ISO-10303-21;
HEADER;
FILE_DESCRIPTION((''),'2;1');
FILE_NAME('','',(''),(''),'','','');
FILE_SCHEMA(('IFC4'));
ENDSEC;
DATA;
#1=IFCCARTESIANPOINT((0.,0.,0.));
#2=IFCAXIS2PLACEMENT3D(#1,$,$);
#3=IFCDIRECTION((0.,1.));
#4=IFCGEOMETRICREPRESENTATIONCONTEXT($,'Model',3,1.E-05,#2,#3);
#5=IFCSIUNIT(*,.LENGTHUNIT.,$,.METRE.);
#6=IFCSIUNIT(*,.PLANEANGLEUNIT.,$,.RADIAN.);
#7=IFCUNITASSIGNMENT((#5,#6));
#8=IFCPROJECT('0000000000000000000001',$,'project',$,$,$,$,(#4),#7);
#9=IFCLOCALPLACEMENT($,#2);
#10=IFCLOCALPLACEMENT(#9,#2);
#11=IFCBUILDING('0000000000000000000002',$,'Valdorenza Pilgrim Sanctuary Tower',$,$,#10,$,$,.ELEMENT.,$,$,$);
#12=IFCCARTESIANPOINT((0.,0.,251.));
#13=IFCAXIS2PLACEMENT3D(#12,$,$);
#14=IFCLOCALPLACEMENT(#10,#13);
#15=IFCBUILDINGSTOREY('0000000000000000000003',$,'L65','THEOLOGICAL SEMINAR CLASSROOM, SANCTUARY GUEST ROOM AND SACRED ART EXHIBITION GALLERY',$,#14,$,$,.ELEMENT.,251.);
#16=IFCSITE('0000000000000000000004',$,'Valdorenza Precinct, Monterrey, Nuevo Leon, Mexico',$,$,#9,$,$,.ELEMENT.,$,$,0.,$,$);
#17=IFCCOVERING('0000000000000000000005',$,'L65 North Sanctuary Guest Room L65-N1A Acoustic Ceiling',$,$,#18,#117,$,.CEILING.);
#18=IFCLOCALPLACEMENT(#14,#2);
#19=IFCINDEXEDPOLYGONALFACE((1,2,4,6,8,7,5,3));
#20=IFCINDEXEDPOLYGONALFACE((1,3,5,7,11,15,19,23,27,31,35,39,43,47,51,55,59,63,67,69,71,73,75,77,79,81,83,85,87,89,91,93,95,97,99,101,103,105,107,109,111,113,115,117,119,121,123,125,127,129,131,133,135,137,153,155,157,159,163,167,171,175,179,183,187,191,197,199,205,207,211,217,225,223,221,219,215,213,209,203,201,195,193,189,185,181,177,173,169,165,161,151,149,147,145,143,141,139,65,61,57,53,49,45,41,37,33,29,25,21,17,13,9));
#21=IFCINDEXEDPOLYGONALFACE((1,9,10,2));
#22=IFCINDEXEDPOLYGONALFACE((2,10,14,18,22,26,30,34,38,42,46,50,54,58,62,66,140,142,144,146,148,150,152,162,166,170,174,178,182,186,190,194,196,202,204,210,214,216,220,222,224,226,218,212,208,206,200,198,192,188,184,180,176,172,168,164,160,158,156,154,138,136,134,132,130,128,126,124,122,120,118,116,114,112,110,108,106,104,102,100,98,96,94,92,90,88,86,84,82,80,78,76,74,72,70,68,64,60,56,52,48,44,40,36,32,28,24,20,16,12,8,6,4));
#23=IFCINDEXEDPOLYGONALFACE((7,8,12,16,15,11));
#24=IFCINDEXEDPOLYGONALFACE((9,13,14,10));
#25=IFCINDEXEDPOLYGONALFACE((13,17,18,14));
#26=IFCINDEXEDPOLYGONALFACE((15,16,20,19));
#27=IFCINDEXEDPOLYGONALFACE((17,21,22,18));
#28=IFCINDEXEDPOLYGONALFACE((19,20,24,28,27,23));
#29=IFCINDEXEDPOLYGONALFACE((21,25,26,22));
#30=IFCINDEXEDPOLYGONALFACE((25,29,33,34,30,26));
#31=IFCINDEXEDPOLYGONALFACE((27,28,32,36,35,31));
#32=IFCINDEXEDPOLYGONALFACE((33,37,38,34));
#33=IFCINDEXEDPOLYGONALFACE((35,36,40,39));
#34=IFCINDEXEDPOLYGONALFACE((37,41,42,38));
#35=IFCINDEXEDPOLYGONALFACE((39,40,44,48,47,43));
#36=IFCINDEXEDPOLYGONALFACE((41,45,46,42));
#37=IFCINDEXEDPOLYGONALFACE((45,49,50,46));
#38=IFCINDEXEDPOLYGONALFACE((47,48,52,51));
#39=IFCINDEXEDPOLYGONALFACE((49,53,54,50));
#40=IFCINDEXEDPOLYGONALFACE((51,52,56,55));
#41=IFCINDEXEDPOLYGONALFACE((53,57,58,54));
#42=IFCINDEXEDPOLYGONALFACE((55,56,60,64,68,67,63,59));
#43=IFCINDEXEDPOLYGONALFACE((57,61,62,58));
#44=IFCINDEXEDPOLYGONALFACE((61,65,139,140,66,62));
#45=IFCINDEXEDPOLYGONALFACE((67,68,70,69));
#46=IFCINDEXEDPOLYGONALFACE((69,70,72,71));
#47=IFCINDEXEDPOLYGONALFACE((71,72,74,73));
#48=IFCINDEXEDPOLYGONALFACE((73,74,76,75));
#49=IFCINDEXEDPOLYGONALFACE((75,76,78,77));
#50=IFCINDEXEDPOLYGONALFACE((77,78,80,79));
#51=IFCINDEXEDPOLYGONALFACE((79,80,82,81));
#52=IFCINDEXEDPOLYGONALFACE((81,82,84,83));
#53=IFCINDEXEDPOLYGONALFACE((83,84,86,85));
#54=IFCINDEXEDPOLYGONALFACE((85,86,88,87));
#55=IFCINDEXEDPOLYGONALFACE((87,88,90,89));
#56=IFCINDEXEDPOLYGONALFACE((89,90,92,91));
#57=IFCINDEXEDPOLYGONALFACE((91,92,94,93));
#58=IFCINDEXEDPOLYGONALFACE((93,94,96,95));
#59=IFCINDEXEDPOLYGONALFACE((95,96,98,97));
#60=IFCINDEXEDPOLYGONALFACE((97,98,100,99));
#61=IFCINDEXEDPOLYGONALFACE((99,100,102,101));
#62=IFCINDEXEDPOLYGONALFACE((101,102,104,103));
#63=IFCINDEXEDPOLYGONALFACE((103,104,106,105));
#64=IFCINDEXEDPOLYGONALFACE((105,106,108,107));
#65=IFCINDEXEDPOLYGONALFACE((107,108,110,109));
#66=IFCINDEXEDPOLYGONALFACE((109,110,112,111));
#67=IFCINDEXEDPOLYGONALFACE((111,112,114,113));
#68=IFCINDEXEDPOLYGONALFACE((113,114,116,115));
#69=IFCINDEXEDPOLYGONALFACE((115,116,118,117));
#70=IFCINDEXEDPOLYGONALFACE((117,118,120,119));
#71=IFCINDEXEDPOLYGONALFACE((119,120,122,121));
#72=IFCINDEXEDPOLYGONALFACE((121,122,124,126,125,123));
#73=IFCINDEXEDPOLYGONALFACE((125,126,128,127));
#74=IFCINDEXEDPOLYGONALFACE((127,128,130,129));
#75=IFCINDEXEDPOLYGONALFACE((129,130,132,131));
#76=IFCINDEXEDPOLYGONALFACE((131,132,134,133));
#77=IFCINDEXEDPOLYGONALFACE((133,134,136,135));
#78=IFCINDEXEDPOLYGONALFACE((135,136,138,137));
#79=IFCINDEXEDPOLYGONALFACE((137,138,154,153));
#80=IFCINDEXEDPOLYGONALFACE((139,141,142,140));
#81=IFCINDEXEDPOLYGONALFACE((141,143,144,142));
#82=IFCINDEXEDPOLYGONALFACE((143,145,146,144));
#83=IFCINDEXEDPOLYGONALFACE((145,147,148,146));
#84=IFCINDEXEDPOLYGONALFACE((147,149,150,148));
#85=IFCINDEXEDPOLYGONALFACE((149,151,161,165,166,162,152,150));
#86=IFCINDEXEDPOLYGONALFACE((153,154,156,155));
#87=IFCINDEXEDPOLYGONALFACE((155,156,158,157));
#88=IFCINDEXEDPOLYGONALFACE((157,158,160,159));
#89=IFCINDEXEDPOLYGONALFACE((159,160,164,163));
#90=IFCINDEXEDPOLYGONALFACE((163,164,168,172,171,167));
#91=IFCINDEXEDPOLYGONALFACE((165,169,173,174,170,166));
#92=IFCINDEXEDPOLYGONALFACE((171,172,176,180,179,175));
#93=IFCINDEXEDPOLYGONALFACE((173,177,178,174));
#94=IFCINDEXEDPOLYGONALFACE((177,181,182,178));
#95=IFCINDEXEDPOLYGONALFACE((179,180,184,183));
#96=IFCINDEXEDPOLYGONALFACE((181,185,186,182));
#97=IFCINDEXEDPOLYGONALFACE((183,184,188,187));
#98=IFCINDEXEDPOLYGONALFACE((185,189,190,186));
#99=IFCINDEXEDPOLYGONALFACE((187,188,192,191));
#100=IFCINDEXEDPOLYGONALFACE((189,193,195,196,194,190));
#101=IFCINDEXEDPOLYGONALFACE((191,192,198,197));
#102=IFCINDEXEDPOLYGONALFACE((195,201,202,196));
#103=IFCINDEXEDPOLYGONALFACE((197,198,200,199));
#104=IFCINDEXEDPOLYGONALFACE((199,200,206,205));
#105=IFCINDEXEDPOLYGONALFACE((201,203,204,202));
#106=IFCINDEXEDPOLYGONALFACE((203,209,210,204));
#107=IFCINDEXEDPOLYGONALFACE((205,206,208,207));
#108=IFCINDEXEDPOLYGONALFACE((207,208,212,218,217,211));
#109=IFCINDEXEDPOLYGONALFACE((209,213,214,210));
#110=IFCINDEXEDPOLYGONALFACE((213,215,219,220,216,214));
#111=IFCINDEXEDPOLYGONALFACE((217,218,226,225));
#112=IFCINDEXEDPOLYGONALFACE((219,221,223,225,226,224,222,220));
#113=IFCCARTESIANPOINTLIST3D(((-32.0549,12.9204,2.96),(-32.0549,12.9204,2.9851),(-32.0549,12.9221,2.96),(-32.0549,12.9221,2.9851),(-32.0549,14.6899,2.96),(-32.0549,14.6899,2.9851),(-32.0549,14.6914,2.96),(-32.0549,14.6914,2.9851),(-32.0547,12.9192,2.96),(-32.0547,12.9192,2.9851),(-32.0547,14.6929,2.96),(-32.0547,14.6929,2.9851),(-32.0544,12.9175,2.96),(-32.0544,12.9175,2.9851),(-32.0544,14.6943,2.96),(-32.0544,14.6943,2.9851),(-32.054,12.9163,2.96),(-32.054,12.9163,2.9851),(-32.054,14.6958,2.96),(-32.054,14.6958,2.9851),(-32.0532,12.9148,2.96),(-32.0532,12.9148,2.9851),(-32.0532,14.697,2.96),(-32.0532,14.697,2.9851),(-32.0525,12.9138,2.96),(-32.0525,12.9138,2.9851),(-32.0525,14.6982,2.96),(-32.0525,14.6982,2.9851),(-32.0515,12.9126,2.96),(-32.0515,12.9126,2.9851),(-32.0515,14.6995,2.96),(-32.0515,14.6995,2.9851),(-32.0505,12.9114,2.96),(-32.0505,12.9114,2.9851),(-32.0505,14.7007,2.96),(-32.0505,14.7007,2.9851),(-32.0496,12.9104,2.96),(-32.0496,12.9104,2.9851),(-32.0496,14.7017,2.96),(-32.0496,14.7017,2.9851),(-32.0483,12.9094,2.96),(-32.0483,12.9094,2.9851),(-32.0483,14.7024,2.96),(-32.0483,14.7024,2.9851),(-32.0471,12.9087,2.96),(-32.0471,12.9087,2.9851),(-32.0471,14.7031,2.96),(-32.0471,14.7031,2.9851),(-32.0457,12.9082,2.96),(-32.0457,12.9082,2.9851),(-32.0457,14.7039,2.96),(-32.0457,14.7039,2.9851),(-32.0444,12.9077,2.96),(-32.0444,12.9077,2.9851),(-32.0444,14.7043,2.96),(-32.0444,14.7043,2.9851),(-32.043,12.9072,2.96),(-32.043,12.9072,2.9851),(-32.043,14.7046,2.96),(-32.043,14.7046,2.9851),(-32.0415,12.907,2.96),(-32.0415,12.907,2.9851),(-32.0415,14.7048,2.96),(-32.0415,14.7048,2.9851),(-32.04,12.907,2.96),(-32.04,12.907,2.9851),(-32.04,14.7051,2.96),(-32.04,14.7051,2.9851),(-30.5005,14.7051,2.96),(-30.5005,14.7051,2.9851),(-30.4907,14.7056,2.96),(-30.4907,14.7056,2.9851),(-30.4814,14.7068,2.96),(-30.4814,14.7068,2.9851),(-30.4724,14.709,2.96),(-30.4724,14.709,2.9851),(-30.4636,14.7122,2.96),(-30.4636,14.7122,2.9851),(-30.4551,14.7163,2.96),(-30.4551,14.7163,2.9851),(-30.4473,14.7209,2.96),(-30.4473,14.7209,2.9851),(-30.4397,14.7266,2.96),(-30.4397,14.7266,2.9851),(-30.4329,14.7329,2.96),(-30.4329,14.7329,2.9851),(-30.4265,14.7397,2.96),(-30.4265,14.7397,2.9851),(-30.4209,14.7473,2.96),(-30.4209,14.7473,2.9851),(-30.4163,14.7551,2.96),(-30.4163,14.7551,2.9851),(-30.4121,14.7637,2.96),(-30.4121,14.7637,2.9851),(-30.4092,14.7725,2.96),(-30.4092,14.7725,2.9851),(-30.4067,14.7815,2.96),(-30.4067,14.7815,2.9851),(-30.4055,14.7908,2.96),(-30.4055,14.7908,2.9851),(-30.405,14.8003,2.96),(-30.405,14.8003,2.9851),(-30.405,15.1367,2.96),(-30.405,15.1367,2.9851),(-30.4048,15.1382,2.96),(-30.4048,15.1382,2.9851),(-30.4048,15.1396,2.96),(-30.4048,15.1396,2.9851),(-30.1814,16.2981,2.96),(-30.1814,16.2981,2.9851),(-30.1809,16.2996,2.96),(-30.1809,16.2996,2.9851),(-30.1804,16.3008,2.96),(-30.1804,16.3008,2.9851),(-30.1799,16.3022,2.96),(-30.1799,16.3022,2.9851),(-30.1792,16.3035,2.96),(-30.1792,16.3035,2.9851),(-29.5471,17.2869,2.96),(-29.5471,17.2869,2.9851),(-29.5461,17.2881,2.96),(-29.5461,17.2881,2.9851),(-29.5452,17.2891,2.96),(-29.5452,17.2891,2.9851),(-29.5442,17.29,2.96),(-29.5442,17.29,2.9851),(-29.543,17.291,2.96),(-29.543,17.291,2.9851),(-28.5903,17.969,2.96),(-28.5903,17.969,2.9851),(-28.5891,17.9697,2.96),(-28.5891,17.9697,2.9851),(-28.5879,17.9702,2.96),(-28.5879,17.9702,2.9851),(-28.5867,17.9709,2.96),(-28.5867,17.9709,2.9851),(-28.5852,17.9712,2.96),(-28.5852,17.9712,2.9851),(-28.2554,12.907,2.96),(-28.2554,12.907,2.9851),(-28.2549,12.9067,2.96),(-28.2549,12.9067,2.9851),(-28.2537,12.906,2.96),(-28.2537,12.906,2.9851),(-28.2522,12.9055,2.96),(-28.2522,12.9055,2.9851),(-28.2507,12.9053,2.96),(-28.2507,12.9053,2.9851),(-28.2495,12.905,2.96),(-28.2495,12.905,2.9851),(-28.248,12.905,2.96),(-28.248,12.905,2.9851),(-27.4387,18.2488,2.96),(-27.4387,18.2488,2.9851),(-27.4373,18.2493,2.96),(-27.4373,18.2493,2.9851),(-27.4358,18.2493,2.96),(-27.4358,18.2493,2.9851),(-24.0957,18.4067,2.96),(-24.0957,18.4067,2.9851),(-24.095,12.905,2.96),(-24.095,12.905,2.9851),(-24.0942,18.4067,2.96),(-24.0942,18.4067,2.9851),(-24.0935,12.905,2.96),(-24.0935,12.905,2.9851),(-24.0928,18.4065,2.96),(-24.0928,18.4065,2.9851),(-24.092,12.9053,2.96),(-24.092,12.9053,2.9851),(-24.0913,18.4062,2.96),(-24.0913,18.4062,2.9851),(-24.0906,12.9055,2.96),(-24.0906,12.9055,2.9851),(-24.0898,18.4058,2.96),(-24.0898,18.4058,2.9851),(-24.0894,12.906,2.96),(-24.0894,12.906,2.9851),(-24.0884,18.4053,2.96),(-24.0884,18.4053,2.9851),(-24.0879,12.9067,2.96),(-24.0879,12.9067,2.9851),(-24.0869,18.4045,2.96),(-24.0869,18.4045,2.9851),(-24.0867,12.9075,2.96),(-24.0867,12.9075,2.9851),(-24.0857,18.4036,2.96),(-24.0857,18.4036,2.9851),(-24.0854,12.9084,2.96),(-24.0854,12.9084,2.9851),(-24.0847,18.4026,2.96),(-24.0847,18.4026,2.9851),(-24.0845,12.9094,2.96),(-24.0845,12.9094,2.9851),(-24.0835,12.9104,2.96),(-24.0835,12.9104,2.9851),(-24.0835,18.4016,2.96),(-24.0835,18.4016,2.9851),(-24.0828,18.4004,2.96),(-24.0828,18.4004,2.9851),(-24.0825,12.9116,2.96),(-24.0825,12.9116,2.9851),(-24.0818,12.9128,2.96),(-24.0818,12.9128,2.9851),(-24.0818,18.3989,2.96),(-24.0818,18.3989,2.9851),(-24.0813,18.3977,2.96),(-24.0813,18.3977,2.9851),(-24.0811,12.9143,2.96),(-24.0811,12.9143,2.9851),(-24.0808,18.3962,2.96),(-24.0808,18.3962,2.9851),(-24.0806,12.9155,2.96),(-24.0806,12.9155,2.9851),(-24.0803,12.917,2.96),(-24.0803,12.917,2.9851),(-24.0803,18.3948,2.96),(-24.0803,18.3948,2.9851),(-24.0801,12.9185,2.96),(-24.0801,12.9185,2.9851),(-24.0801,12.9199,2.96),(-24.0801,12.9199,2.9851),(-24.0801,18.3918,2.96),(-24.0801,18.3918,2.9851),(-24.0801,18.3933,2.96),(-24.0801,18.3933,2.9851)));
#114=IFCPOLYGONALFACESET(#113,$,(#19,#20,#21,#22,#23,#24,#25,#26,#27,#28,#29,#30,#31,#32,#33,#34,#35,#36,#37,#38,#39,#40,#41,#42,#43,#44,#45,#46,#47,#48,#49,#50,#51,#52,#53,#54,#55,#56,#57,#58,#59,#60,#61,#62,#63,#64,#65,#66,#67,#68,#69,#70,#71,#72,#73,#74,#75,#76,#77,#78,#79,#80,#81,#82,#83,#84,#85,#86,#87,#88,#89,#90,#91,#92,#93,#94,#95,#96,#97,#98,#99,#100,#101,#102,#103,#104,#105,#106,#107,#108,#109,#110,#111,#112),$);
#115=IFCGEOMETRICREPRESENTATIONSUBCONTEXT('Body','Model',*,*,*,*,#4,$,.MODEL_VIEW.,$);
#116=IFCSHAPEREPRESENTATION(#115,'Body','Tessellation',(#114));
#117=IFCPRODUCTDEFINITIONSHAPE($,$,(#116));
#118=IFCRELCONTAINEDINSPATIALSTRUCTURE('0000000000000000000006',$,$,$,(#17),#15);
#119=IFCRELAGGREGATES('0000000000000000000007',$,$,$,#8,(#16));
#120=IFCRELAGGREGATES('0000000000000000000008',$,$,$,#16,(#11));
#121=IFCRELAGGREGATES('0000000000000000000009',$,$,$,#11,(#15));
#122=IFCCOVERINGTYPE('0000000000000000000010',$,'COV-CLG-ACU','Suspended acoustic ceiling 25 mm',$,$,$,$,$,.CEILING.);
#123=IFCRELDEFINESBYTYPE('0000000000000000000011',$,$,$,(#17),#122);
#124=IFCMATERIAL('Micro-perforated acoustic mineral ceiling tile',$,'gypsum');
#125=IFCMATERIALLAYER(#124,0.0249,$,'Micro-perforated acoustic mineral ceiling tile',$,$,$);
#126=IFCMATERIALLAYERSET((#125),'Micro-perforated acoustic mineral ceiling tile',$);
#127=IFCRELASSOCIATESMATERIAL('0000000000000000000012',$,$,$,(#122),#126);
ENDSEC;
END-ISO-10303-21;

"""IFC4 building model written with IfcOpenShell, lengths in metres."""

from ifc_helpers import new_model, si_unit, direction, frame, origin, place, context, subcontext, project, spatial, polyline, outline, extrude, material, layer, layer_set, type_object, element, save


model = new_model("IFC4")

# Units and contexts
model_context = context("Model", 3, precision=1e-05, world=origin(), true_north=direction((0.0, 1.0)))
body_context = subcontext(model_context, "Body", "Model", "MODEL_VIEW")
ifc_project = project(units=[si_unit("LENGTHUNIT", "METRE"), si_unit("PLANEANGLEUNIT", "RADIAN")], contexts=[model_context])

# Site, building, storey
site_placement = place(None, origin())
site = spatial("IfcSite", under=ifc_project, at=site_placement, Name="Valdorenza Precinct, Monterrey, Nuevo Leon, Mexico", CompositionType="ELEMENT", RefElevation=0.0)
building_placement = place(site_placement, origin())
building = spatial("IfcBuilding", under=site, at=building_placement, Name="Valdorenza Pilgrim Sanctuary Tower", CompositionType="ELEMENT")
storey_placement = place(building_placement, frame((0.0, 0.0, 251.0)))
storey = spatial("IfcBuildingStorey", under=building, at=storey_placement, Name="L65", Description="THEOLOGICAL SEMINAR CLASSROOM, SANCTUARY GUEST ROOM AND SACRED ART EXHIBITION GALLERY", CompositionType="ELEMENT", Elevation=251.0)

# Covering
ifc_material_1 = material(Name="Micro-perforated acoustic mineral ceiling tile", Category="gypsum")
ifc_layer_1 = layer(ifc_material_1, 0.0249, Name="Micro-perforated acoustic mineral ceiling tile")
ifc_layer_set_1 = layer_set([ifc_layer_1], Name="Micro-perforated acoustic mineral ceiling tile")
covering_type_1 = type_object("IfcCoveringType", Name="COV-CLG-ACU", Description="Suspended acoustic ceiling 25 mm", PredefinedType="CEILING", material=ifc_layer_set_1)
covering_1_placement = place(storey_placement, frame((0.0, 0.0, 2.96)))
element("IfcCovering", 1, at=covering_1_placement, inside=storey, type_object=covering_type_1, Name="L65 North Sanctuary Guest Room L65-N1A Acoustic Ceiling", PredefinedType="CEILING", context=body_context, shape_type="SweptSolid", body=[
    extrude(outline(polyline([(-30.5005, 14.7051), (-30.4907, 14.7056), (-30.4814, 14.7068), (-30.4724, 14.709), (-30.4636, 14.7122), (-30.4551, 14.7163), (-30.4473, 14.7209), (-30.4397, 14.7266), (-30.4329, 14.7329), (-30.4265, 14.7397), (-30.4209, 14.7473), (-30.4163, 14.7551), (-30.4121, 14.7637), (-30.4092, 14.7725), (-30.4067, 14.7815), (-30.4055, 14.7908), (-30.405, 14.8003), (-30.405, 15.1367), (-30.4048, 15.1382), (-30.4048, 15.1396), (-30.1814, 16.2981), (-30.1809, 16.2996), (-30.1804, 16.3008), (-30.1799, 16.3022), (-30.1792, 16.3035), (-29.5471, 17.2869), (-29.5461, 17.2881), (-29.5452, 17.2891), (-29.5442, 17.29), (-29.543, 17.291), (-28.5903, 17.969), (-28.5891, 17.9697), (-28.5879, 17.9702), (-28.5867, 17.9709), (-28.5852, 17.9712), (-27.4387, 18.2488), (-27.4373, 18.2493), (-27.4358, 18.2493), (-24.0957, 18.4067), (-24.0942, 18.4067), (-24.0928, 18.4065), (-24.0913, 18.4062), (-24.0898, 18.4058), (-24.0884, 18.4053), (-24.0869, 18.4045), (-24.0857, 18.4036), (-24.0847, 18.4026), (-24.0835, 18.4016), (-24.0828, 18.4004), (-24.0818, 18.3989), (-24.0813, 18.3977), (-24.0808, 18.3962), (-24.0803, 18.3948), (-24.0801, 18.3933), (-24.0801, 18.3918), (-24.0801, 12.9199), (-24.0801, 12.9185), (-24.0803, 12.917), (-24.0806, 12.9155), (-24.0811, 12.9143), (-24.0818, 12.9128), (-24.0825, 12.9116), (-24.0835, 12.9104), (-24.0845, 12.9094), (-24.0854, 12.9084), (-24.0867, 12.9075), (-24.0879, 12.9067), (-24.0894, 12.906), (-24.0906, 12.9055), (-24.092, 12.9053), (-24.0935, 12.905), (-24.095, 12.905), (-28.248, 12.905), (-28.2495, 12.905), (-28.2507, 12.9053), (-28.2522, 12.9055), (-28.2537, 12.906), (-28.2549, 12.9067), (-28.2554, 12.907), (-32.04, 12.907), (-32.0415, 12.907), (-32.043, 12.9072), (-32.0444, 12.9077), (-32.0457, 12.9082), (-32.0471, 12.9087), (-32.0483, 12.9094), (-32.0496, 12.9104), (-32.0505, 12.9114), (-32.0515, 12.9126), (-32.0525, 12.9138), (-32.0532, 12.9148), (-32.054, 12.9163), (-32.0544, 12.9175), (-32.0547, 12.9192), (-32.0549, 12.9204), (-32.0549, 12.9221), (-32.0549, 14.6899), (-32.0549, 14.6914), (-32.0547, 14.6929), (-32.0544, 14.6943), (-32.054, 14.6958), (-32.0532, 14.697), (-32.0525, 14.6982), (-32.0515, 14.6995), (-32.0505, 14.7007), (-32.0496, 14.7017), (-32.0483, 14.7024), (-32.0471, 14.7031), (-32.0457, 14.7039), (-32.0444, 14.7043), (-32.043, 14.7046), (-32.0415, 14.7048), (-32.04, 14.7051), (-30.5005, 14.7051)])), origin(), (0.0, 0.0, 1.0), 0.0251),
])

save(model, "model.ifc")
